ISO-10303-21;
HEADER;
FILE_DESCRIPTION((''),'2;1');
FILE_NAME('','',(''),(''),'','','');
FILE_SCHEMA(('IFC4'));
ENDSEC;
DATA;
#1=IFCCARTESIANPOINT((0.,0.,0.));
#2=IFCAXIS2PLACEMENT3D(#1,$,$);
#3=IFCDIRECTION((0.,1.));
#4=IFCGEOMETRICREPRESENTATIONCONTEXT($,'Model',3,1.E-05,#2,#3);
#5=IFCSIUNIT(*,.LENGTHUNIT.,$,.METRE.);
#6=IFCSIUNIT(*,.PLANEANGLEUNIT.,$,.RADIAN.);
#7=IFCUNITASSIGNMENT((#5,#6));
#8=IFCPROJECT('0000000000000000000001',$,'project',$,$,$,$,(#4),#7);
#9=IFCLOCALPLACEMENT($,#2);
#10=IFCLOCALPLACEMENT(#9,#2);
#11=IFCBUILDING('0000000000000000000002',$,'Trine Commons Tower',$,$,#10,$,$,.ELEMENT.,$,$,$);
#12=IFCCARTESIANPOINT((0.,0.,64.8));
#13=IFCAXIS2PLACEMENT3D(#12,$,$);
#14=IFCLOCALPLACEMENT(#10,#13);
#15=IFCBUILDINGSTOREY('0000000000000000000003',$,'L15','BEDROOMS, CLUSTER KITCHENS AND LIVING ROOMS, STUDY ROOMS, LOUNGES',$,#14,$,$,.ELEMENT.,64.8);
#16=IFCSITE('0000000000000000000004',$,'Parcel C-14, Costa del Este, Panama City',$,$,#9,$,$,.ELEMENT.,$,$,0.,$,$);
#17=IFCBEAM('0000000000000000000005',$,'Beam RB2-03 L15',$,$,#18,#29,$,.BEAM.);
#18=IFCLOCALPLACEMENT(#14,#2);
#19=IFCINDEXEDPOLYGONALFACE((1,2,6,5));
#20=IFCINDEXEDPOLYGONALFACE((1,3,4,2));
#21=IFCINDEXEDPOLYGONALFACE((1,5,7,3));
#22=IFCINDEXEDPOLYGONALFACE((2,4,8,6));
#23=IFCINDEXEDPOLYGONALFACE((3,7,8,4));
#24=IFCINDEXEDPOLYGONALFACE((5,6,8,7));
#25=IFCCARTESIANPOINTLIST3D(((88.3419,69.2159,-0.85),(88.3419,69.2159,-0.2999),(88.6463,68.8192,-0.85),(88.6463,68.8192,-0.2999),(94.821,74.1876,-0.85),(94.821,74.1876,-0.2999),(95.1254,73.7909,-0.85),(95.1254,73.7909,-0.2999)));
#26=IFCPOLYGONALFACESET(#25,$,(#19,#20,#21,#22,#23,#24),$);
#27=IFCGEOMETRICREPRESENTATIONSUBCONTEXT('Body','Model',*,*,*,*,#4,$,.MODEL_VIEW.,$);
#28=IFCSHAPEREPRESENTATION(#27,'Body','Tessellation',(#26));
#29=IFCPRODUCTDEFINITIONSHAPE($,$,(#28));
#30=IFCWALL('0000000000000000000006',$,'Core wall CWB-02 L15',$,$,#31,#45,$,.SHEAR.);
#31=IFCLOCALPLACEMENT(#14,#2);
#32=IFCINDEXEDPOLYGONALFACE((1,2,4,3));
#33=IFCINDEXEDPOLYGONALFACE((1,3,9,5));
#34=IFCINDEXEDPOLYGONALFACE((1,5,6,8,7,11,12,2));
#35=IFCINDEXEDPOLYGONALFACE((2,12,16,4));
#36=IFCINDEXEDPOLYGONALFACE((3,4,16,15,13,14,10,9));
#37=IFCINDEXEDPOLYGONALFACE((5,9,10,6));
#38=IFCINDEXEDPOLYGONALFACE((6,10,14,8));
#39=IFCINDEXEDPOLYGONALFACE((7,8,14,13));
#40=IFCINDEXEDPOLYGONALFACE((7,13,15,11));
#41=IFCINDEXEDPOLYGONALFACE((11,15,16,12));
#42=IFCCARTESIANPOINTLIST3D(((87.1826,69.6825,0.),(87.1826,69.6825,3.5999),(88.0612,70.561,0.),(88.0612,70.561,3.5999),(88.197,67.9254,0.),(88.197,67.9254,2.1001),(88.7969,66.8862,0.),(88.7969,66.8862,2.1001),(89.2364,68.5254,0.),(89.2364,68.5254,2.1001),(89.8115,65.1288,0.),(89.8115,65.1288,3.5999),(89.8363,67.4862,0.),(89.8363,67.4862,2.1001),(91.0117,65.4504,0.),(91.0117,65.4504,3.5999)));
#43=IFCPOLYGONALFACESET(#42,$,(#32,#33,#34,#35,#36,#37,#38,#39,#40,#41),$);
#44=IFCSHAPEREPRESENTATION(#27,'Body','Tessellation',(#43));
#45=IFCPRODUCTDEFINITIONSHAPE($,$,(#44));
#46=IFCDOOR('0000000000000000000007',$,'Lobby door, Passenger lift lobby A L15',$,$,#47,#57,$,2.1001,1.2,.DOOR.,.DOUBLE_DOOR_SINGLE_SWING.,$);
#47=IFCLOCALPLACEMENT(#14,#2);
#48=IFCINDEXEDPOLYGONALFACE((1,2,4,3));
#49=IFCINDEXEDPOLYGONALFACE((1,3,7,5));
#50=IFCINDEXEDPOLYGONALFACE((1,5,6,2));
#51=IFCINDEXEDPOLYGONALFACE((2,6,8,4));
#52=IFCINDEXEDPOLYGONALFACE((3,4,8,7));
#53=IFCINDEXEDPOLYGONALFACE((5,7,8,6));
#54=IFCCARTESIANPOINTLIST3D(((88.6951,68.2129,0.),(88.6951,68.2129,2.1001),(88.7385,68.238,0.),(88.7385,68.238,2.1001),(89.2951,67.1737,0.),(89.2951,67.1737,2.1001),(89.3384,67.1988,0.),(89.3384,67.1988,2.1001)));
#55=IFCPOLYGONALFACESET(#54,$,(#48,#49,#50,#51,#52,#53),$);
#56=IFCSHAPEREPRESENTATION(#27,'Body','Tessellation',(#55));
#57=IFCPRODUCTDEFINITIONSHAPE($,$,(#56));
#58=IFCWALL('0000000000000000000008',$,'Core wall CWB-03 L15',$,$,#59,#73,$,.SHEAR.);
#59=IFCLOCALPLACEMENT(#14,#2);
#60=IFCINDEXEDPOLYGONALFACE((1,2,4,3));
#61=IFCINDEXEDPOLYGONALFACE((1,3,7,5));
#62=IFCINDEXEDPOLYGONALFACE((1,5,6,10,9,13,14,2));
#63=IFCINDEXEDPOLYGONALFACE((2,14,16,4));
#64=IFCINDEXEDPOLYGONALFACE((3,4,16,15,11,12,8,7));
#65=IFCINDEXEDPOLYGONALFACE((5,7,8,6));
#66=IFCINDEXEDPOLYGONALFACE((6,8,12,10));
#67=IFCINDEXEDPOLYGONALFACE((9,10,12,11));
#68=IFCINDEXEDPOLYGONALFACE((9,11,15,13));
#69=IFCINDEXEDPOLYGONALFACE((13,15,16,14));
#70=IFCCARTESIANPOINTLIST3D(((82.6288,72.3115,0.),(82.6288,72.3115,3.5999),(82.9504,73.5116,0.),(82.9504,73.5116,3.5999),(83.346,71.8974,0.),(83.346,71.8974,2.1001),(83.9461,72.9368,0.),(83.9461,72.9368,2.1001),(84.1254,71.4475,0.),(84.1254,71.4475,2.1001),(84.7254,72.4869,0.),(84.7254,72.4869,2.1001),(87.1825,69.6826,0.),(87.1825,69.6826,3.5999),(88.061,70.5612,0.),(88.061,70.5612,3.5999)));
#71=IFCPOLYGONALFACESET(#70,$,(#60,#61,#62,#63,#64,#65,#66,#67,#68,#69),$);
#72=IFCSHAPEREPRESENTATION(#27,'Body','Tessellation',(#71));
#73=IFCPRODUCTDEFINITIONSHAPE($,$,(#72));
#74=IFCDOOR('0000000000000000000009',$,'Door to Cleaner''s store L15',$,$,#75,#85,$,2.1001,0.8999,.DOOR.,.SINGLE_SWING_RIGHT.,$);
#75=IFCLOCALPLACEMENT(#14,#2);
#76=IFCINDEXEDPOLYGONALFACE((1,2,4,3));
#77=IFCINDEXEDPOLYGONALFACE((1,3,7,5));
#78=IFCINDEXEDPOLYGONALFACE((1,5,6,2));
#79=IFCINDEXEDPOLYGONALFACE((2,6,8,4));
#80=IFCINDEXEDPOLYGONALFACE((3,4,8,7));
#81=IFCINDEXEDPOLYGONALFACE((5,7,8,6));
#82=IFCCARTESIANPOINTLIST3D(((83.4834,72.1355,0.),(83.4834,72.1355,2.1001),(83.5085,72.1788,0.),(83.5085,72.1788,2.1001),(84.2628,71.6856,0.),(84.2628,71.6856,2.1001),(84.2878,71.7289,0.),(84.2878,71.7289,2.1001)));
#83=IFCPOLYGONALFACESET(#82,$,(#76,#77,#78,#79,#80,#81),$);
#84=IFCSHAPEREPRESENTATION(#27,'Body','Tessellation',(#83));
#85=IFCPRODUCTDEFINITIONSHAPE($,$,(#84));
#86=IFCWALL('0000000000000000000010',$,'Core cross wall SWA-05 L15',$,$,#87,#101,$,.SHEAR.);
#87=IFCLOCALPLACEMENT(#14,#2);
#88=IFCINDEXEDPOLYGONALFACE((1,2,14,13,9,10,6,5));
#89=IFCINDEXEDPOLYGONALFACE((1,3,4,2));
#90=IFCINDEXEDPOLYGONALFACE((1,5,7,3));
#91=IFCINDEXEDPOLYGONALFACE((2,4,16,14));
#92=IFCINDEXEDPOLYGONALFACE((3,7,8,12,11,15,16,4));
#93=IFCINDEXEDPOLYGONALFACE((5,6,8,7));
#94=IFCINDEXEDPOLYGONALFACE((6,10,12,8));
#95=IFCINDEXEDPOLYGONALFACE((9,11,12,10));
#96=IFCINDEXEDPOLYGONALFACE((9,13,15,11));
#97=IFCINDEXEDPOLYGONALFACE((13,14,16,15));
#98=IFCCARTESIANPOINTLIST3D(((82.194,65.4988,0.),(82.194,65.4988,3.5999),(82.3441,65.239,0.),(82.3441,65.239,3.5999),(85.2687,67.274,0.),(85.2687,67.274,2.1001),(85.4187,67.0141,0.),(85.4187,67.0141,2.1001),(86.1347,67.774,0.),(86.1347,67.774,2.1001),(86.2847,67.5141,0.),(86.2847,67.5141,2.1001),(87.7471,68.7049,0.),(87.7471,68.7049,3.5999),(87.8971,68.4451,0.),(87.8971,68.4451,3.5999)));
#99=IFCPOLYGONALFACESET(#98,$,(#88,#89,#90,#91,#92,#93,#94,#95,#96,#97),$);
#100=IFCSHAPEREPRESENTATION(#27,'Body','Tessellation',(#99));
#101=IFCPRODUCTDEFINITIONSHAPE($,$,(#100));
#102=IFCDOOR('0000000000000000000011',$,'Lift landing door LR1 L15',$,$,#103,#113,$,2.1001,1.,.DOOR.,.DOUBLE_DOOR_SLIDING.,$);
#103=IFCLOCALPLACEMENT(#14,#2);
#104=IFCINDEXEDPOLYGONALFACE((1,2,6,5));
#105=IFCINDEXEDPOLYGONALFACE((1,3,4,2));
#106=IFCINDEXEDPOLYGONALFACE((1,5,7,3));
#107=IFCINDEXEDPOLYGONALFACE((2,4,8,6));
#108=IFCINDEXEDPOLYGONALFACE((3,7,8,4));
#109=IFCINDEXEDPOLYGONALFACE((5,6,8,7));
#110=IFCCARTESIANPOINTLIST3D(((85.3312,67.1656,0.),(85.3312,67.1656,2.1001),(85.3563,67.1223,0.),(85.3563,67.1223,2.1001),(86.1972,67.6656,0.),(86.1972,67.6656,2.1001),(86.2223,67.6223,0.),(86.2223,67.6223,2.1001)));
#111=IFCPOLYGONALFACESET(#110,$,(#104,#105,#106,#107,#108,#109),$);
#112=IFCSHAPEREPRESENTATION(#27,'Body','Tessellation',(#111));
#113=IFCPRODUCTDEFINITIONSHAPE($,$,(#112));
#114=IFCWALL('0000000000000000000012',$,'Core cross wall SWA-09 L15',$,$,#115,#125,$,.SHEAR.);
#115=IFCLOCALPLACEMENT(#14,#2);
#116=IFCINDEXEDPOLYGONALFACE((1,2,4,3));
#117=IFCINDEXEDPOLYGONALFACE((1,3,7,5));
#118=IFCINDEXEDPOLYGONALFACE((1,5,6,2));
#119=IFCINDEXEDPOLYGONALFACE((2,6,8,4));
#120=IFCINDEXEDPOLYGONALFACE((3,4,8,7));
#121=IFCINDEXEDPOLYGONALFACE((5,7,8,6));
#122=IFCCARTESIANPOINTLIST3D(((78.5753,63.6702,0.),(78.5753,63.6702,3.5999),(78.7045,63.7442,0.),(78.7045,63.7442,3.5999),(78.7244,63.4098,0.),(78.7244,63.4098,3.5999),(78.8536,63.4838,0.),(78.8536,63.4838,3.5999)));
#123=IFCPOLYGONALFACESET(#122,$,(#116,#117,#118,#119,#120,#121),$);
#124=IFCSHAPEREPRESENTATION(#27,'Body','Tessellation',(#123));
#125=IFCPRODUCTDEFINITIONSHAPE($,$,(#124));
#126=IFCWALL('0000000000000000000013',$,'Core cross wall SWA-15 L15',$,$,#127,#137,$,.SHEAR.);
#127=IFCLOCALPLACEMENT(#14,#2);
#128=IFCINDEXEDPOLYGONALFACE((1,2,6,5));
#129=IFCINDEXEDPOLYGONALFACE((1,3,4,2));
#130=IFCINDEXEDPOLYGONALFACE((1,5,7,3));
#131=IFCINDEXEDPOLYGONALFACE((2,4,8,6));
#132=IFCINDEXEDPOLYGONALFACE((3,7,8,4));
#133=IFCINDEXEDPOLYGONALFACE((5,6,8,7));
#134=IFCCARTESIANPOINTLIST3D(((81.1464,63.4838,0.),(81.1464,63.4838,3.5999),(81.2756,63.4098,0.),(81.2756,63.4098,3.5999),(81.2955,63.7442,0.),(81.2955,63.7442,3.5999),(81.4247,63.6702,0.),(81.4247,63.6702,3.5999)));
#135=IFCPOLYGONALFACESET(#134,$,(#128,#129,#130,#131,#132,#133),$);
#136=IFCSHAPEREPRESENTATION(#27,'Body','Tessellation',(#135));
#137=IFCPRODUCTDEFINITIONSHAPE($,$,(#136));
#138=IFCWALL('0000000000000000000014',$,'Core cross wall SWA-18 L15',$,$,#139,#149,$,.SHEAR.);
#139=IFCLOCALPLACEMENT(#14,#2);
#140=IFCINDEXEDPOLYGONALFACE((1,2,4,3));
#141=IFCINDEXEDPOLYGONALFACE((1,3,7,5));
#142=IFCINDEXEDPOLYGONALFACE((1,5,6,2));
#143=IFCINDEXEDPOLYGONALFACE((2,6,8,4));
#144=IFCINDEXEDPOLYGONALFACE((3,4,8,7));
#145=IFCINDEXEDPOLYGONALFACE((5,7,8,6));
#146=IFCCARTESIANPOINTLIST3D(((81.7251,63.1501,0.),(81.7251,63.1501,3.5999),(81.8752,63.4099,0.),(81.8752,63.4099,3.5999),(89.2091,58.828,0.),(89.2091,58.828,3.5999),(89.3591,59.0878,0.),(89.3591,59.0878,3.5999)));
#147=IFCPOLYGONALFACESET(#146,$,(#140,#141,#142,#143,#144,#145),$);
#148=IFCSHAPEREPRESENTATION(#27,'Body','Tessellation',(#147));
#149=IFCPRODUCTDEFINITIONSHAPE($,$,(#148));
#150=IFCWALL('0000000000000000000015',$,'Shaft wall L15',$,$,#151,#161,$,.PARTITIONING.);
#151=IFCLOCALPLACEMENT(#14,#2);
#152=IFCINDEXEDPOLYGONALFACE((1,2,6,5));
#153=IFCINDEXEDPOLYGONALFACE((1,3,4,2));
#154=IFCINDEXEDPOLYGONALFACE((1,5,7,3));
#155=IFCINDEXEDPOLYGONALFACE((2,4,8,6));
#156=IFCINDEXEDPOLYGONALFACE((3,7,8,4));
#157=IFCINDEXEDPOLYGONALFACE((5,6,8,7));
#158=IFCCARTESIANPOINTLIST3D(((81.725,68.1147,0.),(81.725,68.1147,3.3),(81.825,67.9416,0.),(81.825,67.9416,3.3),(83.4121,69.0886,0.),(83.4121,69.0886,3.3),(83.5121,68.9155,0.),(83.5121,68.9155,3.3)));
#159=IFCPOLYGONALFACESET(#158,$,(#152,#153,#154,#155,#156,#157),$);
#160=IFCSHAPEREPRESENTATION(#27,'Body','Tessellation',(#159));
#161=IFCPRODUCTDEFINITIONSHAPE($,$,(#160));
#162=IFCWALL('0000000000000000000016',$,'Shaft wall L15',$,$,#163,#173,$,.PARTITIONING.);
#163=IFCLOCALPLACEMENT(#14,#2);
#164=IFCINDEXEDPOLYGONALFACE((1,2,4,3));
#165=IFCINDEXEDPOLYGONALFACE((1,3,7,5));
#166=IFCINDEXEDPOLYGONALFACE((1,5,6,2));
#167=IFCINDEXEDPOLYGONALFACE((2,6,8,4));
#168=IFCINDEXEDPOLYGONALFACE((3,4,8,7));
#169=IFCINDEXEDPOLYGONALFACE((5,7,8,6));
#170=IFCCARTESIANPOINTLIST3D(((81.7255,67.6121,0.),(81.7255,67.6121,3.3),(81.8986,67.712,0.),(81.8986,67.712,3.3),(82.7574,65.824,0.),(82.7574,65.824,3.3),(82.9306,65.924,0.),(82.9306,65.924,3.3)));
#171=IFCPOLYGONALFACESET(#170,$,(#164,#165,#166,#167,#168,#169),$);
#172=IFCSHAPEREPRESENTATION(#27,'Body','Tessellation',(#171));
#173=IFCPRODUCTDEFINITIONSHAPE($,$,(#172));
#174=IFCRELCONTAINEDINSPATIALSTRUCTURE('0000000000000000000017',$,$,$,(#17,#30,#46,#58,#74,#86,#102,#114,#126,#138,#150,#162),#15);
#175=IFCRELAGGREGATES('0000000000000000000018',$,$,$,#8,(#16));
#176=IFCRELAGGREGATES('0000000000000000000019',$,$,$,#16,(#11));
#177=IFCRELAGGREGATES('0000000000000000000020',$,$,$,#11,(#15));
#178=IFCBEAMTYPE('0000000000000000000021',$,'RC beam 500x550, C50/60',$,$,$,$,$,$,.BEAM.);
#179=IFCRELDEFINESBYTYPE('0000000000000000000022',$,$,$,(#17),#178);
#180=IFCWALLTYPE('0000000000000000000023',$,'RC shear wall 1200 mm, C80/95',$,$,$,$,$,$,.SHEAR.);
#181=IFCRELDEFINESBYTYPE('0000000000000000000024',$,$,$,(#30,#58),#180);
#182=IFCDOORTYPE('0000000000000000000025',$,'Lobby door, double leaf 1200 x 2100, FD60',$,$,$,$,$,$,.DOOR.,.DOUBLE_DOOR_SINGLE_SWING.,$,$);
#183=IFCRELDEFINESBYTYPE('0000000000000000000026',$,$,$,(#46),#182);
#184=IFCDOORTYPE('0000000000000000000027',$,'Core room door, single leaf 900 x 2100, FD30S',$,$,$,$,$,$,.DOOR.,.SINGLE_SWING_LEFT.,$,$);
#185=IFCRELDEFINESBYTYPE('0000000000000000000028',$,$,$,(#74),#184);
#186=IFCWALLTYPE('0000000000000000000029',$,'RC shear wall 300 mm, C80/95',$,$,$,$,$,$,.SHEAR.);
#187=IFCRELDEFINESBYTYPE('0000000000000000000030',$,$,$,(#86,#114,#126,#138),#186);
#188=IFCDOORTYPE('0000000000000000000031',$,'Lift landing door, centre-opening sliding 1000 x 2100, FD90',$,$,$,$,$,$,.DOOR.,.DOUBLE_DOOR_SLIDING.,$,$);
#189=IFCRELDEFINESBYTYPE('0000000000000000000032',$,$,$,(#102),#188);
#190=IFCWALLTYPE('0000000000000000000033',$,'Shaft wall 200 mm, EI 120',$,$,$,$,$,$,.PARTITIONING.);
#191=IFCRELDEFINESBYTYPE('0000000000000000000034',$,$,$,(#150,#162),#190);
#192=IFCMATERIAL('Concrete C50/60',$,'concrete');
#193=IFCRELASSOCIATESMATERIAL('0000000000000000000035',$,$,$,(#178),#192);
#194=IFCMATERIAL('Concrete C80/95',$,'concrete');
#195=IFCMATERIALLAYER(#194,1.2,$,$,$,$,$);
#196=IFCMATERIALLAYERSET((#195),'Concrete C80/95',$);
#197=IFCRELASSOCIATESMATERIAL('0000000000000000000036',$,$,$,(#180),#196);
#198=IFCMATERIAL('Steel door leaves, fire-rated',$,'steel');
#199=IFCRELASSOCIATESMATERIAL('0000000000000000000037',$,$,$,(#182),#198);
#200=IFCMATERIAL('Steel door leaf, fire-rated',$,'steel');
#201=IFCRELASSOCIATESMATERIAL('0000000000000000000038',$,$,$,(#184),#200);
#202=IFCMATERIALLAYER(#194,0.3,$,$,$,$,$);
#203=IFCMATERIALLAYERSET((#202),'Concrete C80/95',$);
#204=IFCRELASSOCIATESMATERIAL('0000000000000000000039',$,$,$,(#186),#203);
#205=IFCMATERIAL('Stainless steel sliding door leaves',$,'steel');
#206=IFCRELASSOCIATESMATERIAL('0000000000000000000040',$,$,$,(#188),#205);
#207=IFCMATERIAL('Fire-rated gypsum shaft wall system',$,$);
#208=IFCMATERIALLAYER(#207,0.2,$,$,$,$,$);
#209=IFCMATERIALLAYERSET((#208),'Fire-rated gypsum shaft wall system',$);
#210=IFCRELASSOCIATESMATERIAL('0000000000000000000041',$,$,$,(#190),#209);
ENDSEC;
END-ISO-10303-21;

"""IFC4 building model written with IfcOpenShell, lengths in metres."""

from ifc_helpers import new_model, si_unit, direction, frame, frame_2d, origin, origin_2d, place, context, subcontext, project, spatial, polyline, rectangle, outline, extrude, material, layer, layer_set, material_profile, profile_set, type_object, element, fill, save


model = new_model("IFC4")

# Units and contexts
model_context = context("Model", 3, precision=1e-05, world=origin(), true_north=direction((0.0, 1.0)))
body_context = subcontext(model_context, "Body", "Model", "MODEL_VIEW")
ifc_project = project(units=[si_unit("LENGTHUNIT", "METRE"), si_unit("PLANEANGLEUNIT", "RADIAN")], contexts=[model_context])

# Site, building, storey
site_placement = place(None, origin())
site = spatial("IfcSite", under=ifc_project, at=site_placement, Name="Parcel C-14, Costa del Este, Panama City", CompositionType="ELEMENT", RefElevation=0.0)
building_placement = place(site_placement, origin())
building = spatial("IfcBuilding", under=site, at=building_placement, Name="Trine Commons Tower", CompositionType="ELEMENT")
storey_placement = place(building_placement, frame((0.0, 0.0, 64.8)))
storey = spatial("IfcBuildingStorey", under=building, at=storey_placement, Name="L15", Description="BEDROOMS, CLUSTER KITCHENS AND LIVING ROOMS, STUDY ROOMS, LOUNGES", CompositionType="ELEMENT", Elevation=64.8)

# Beam
ifc_material_1 = material(Name="Concrete C50/60", Category="concrete")
ifc_material_profile = material_profile(ifc_material_1, rectangle(XDim=0.5, YDim=0.55, at=origin_2d()), Name="RC 500x550")
ifc_profile_set = profile_set([ifc_material_profile], Name="Concrete C50/60")
beam_type = type_object("IfcBeamType", Name="RC beam 500x550, C50/60", PredefinedType="BEAM", material=ifc_profile_set)
beam_placement = place(storey_placement, frame((88.4941, 69.0176, -0.575), z_axis=(0.793344, 0.608774, 0.0), x_axis=(-0.608774, 0.793344, 0.0)))
element("IfcBeam", 1, at=beam_placement, inside=storey, type_object=beam_type, Name="Beam RB2-03 L15", PredefinedType="BEAM", context=body_context, shape_type="SweptSolid", body=[
    extrude(rectangle(XDim=0.5, YDim=0.55, at=origin_2d()), origin(), (0.0, 0.0, 1.0), 8.1667),
])

# Walls, openings, doors
ifc_material_2 = material(Name="Concrete C80/95", Category="concrete")
ifc_layer_1 = layer(ifc_material_2, 1.2)
ifc_layer_set_1 = layer_set([ifc_layer_1], Name="Concrete C80/95")
wall_type_1 = type_object("IfcWallType", Name="RC shear wall 1200 mm, C80/95", PredefinedType="SHEAR", material=ifc_layer_set_1)
wall_1_placement = place(storey_placement, frame((90.4919, 65.1504, 0.0), z_axis=(0.0, 0.0, 1.0), x_axis=(-0.499979, 0.866037, 0.0)))
wall_1 = element("IfcWall", 2, at=wall_1_placement, inside=storey, type_object=wall_type_1, Name="Core wall CWB-02 L15", PredefinedType="SHEAR", context=body_context, shape_type="SweptSolid", body=[
    extrude(outline(polyline([(0.0, -0.6001), (5.9011, -0.6001), (5.5796, 0.6001), (0.3215, 0.6001), (0.0, -0.6001)])), origin(), (0.0, 0.0, 1.0), 3.5999),
])
opening_1_placement = place(wall_1_placement, frame((2.3506, 0.0, 0.0)))
opening_1 = element("IfcOpeningElement", 3, at=opening_1_placement, cuts=wall_1, PredefinedType="OPENING", context=body_context, shape_type="SweptSolid", body=[
    extrude(rectangle(XDim=1.2, YDim=2.1001, at=frame_2d((0.6001, 1.05))), frame((0.0, 0.6099, 0.0), z_axis=(0.0, -1.0, 0.0), x_axis=(1.0, 0.0, 0.0)), (0.0, 0.0, 1.0), 1.22),
])
ifc_material_3 = material(Name="Steel door leaves, fire-rated", Category="steel")
door_type_1 = type_object("IfcDoorType", Name="Lobby door, double leaf 1200 x 2100, FD60", OperationType="DOUBLE_DOOR_SINGLE_SWING", PredefinedType="DOOR", material=ifc_material_3)
door_1_placement = place(opening_1_placement, origin())
door_1 = element("IfcDoor", 4, at=door_1_placement, inside=storey, type_object=door_type_1, Name="Lobby door, Passenger lift lobby A L15", OperationType="DOUBLE_DOOR_SINGLE_SWING", OverallHeight=2.1001, OverallWidth=1.2, PredefinedType="DOOR", context=body_context, shape_type="SweptSolid", body=[
    extrude(rectangle(XDim=1.2, YDim=2.1001, at=frame_2d((0.6001, 1.05))), frame((0.0, 0.0249, 0.0), z_axis=(0.0, -1.0, 0.0), x_axis=(1.0, 0.0, 0.0)), (0.0, 0.0, 1.0), 0.05),
])
fill(opening_1, door_1)
wall_2_placement = place(storey_placement, frame((87.761, 70.0415, 0.0), z_axis=(0.0, 0.0, 1.0), x_axis=(-0.866037, 0.499979, 0.0)))
wall_2 = element("IfcWall", 5, at=wall_2_placement, inside=storey, type_object=wall_type_1, Name="Core wall CWB-03 L15", PredefinedType="SHEAR", context=body_context, shape_type="SweptSolid", body=[
    extrude(outline(polyline([(0.0, -0.6001), (5.9011, -0.6001), (5.5796, 0.6001), (0.3215, 0.6001), (0.0, -0.6001)])), origin(), (0.0, 0.0, 1.0), 3.5999),
])
opening_2_placement = place(wall_2_placement, frame((3.8516, 0.0, 0.0)))
opening_2 = element("IfcOpeningElement", 6, at=opening_2_placement, cuts=wall_2, PredefinedType="OPENING", context=body_context, shape_type="SweptSolid", body=[
    extrude(rectangle(XDim=0.8999, YDim=2.1001, at=frame_2d((0.45, 1.05))), frame((0.0, 0.6099, 0.0), z_axis=(0.0, -1.0, 0.0), x_axis=(1.0, 0.0, 0.0)), (0.0, 0.0, 1.0), 1.22),
])
ifc_material_4 = material(Name="Steel door leaf, fire-rated", Category="steel")
door_type_2 = type_object("IfcDoorType", Name="Core room door, single leaf 900 x 2100, FD30S", OperationType="SINGLE_SWING_LEFT", PredefinedType="DOOR", material=ifc_material_4)
door_2_placement = place(opening_2_placement, origin())
door_2 = element("IfcDoor", 7, at=door_2_placement, inside=storey, type_object=door_type_2, Name="Door to Cleaner's store L15", OperationType="SINGLE_SWING_RIGHT", OverallHeight=2.1001, OverallWidth=0.8999, PredefinedType="DOOR", context=body_context, shape_type="SweptSolid", body=[
    extrude(rectangle(XDim=0.8999, YDim=2.1001, at=frame_2d((0.45, 1.05))), frame((0.0, 0.3252, 0.0), z_axis=(0.0, -1.0, 0.0), x_axis=(1.0, 0.0, 0.0)), (0.0, 0.0, 1.0), 0.05),
])
fill(opening_2, door_2)
ifc_layer_2 = layer(ifc_material_2, 0.3)
ifc_layer_set_2 = layer_set([ifc_layer_2], Name="Concrete C80/95")
wall_type_2 = type_object("IfcWallType", Name="RC shear wall 300 mm, C80/95", PredefinedType="SHEAR", material=ifc_layer_set_2)
wall_3_placement = place(storey_placement, frame((82.269, 65.3689, 0.0), z_axis=(0.0, 0.0, 1.0), x_axis=(0.866023, 0.500005, 0.0)))
wall_3 = element("IfcWall", 8, at=wall_3_placement, inside=storey, type_object=wall_type_2, Name="Core cross wall SWA-05 L15", PredefinedType="SHEAR", context=body_context, shape_type="SweptSolid", body=[
    extrude(rectangle(XDim=6.4121, YDim=0.3, at=frame_2d((3.2061, 0.0))), origin(), (0.0, 0.0, 1.0), 3.5999),
])
opening_3_placement = place(wall_3_placement, frame((3.5503, 0.0, 0.0)))
opening_3 = element("IfcOpeningElement", 9, at=opening_3_placement, cuts=wall_3, PredefinedType="OPENING", context=body_context, shape_type="SweptSolid", body=[
    extrude(rectangle(XDim=1.0, YDim=2.1001, at=frame_2d((0.5, 1.05))), frame((0.0, 0.1599, 0.0), z_axis=(0.0, -1.0, 0.0), x_axis=(1.0, 0.0, 0.0)), (0.0, 0.0, 1.0), 0.3201),
])
ifc_material_5 = material(Name="Stainless steel sliding door leaves", Category="steel")
door_type_3 = type_object("IfcDoorType", Name="Lift landing door, centre-opening sliding 1000 x 2100, FD90", OperationType="DOUBLE_DOOR_SLIDING", PredefinedType="DOOR", material=ifc_material_5)
door_3_placement = place(opening_3_placement, origin())
door_3 = element("IfcDoor", 10, at=door_3_placement, inside=storey, type_object=door_type_3, Name="Lift landing door LR1 L15", OperationType="DOUBLE_DOOR_SLIDING", OverallHeight=2.1001, OverallWidth=1.0, PredefinedType="DOOR", context=body_context, shape_type="SweptSolid", body=[
    extrude(rectangle(XDim=1.0, YDim=2.1001, at=frame_2d((0.5, 1.05))), frame((0.0, 0.0249, 0.0), z_axis=(0.0, -1.0, 0.0), x_axis=(1.0, 0.0, 0.0)), (0.0, 0.0, 1.0), 0.05),
])
fill(opening_3, door_3)

# Walls
for number, where, z_axis, x_axis, name in (
    (11, (78.7791, 63.614, 0.0), (0.0, 0.0, 1.0), (-0.867738, -0.497022, 0.0), "Core cross wall SWA-09 L15"),
    (12, (81.2209, 63.614, 0.0), (0.0, 0.0, 1.0), (0.867738, -0.497022, 0.0), "Core cross wall SWA-15 L15"),
):
    element("IfcWall", number, at=place(storey_placement, frame(where, z_axis=z_axis, x_axis=x_axis)), inside=storey, type_object=wall_type_2, Name=name, PredefinedType="SHEAR", context=body_context, shape_type="SweptSolid", body=[
        extrude(rectangle(XDim=0.1489, YDim=0.3, at=frame_2d((0.0745, 0.0))), origin(), (0.0, 0.0, 1.0), 3.5999),
    ])
wall_4_placement = place(storey_placement, frame((81.8, 63.28, 0.0), z_axis=(0.0, 0.0, 1.0), x_axis=(0.865965, -0.500104, 0.0)))
element("IfcWall", 13, at=wall_4_placement, inside=storey, type_object=wall_type_2, Name="Core cross wall SWA-18 L15", PredefinedType="SHEAR", context=body_context, shape_type="SweptSolid", body=[
    extrude(rectangle(XDim=8.6423, YDim=0.3, at=frame_2d((4.3213, 0.0))), origin(), (0.0, 0.0, 1.0), 3.5999),
])
ifc_material_6 = material(Name="Fire-rated gypsum shaft wall system")
ifc_layer_3 = layer(ifc_material_6, 0.2)
ifc_layer_set_3 = layer_set([ifc_layer_3], Name="Fire-rated gypsum shaft wall system")
wall_type_3 = type_object("IfcWallType", Name="Shaft wall 200 mm, EI 120", PredefinedType="PARTITIONING", material=ifc_layer_set_3)
wall_5_placement = place(storey_placement, frame((81.7749, 68.0281, 0.0), z_axis=(0.0, 0.0, 1.0), x_axis=(0.866052, 0.499954, 0.0)))
element("IfcWall", 14, at=wall_5_placement, inside=storey, type_object=wall_type_3, Name="Shaft wall L15", PredefinedType="PARTITIONING", context=body_context, shape_type="SweptSolid", body=[
    extrude(rectangle(XDim=1.948, YDim=0.2, at=frame_2d((0.9741, 0.0))), origin(), (0.0, 0.0, 1.0), 3.3),
])
wall_6_placement = place(storey_placement, frame((82.844, 65.874, 0.0), z_axis=(0.0, 0.0, 1.0), x_axis=(-0.499866, 0.866103, 0.0)))
element("IfcWall", 15, at=wall_6_placement, inside=storey, type_object=wall_type_3, Name="Shaft wall L15", PredefinedType="PARTITIONING", context=body_context, shape_type="SweptSolid", body=[
    extrude(rectangle(XDim=2.0645, YDim=0.2, at=frame_2d((1.0322, 0.0))), origin(), (0.0, 0.0, 1.0), 3.3),
])

save(model, "model.ifc")
